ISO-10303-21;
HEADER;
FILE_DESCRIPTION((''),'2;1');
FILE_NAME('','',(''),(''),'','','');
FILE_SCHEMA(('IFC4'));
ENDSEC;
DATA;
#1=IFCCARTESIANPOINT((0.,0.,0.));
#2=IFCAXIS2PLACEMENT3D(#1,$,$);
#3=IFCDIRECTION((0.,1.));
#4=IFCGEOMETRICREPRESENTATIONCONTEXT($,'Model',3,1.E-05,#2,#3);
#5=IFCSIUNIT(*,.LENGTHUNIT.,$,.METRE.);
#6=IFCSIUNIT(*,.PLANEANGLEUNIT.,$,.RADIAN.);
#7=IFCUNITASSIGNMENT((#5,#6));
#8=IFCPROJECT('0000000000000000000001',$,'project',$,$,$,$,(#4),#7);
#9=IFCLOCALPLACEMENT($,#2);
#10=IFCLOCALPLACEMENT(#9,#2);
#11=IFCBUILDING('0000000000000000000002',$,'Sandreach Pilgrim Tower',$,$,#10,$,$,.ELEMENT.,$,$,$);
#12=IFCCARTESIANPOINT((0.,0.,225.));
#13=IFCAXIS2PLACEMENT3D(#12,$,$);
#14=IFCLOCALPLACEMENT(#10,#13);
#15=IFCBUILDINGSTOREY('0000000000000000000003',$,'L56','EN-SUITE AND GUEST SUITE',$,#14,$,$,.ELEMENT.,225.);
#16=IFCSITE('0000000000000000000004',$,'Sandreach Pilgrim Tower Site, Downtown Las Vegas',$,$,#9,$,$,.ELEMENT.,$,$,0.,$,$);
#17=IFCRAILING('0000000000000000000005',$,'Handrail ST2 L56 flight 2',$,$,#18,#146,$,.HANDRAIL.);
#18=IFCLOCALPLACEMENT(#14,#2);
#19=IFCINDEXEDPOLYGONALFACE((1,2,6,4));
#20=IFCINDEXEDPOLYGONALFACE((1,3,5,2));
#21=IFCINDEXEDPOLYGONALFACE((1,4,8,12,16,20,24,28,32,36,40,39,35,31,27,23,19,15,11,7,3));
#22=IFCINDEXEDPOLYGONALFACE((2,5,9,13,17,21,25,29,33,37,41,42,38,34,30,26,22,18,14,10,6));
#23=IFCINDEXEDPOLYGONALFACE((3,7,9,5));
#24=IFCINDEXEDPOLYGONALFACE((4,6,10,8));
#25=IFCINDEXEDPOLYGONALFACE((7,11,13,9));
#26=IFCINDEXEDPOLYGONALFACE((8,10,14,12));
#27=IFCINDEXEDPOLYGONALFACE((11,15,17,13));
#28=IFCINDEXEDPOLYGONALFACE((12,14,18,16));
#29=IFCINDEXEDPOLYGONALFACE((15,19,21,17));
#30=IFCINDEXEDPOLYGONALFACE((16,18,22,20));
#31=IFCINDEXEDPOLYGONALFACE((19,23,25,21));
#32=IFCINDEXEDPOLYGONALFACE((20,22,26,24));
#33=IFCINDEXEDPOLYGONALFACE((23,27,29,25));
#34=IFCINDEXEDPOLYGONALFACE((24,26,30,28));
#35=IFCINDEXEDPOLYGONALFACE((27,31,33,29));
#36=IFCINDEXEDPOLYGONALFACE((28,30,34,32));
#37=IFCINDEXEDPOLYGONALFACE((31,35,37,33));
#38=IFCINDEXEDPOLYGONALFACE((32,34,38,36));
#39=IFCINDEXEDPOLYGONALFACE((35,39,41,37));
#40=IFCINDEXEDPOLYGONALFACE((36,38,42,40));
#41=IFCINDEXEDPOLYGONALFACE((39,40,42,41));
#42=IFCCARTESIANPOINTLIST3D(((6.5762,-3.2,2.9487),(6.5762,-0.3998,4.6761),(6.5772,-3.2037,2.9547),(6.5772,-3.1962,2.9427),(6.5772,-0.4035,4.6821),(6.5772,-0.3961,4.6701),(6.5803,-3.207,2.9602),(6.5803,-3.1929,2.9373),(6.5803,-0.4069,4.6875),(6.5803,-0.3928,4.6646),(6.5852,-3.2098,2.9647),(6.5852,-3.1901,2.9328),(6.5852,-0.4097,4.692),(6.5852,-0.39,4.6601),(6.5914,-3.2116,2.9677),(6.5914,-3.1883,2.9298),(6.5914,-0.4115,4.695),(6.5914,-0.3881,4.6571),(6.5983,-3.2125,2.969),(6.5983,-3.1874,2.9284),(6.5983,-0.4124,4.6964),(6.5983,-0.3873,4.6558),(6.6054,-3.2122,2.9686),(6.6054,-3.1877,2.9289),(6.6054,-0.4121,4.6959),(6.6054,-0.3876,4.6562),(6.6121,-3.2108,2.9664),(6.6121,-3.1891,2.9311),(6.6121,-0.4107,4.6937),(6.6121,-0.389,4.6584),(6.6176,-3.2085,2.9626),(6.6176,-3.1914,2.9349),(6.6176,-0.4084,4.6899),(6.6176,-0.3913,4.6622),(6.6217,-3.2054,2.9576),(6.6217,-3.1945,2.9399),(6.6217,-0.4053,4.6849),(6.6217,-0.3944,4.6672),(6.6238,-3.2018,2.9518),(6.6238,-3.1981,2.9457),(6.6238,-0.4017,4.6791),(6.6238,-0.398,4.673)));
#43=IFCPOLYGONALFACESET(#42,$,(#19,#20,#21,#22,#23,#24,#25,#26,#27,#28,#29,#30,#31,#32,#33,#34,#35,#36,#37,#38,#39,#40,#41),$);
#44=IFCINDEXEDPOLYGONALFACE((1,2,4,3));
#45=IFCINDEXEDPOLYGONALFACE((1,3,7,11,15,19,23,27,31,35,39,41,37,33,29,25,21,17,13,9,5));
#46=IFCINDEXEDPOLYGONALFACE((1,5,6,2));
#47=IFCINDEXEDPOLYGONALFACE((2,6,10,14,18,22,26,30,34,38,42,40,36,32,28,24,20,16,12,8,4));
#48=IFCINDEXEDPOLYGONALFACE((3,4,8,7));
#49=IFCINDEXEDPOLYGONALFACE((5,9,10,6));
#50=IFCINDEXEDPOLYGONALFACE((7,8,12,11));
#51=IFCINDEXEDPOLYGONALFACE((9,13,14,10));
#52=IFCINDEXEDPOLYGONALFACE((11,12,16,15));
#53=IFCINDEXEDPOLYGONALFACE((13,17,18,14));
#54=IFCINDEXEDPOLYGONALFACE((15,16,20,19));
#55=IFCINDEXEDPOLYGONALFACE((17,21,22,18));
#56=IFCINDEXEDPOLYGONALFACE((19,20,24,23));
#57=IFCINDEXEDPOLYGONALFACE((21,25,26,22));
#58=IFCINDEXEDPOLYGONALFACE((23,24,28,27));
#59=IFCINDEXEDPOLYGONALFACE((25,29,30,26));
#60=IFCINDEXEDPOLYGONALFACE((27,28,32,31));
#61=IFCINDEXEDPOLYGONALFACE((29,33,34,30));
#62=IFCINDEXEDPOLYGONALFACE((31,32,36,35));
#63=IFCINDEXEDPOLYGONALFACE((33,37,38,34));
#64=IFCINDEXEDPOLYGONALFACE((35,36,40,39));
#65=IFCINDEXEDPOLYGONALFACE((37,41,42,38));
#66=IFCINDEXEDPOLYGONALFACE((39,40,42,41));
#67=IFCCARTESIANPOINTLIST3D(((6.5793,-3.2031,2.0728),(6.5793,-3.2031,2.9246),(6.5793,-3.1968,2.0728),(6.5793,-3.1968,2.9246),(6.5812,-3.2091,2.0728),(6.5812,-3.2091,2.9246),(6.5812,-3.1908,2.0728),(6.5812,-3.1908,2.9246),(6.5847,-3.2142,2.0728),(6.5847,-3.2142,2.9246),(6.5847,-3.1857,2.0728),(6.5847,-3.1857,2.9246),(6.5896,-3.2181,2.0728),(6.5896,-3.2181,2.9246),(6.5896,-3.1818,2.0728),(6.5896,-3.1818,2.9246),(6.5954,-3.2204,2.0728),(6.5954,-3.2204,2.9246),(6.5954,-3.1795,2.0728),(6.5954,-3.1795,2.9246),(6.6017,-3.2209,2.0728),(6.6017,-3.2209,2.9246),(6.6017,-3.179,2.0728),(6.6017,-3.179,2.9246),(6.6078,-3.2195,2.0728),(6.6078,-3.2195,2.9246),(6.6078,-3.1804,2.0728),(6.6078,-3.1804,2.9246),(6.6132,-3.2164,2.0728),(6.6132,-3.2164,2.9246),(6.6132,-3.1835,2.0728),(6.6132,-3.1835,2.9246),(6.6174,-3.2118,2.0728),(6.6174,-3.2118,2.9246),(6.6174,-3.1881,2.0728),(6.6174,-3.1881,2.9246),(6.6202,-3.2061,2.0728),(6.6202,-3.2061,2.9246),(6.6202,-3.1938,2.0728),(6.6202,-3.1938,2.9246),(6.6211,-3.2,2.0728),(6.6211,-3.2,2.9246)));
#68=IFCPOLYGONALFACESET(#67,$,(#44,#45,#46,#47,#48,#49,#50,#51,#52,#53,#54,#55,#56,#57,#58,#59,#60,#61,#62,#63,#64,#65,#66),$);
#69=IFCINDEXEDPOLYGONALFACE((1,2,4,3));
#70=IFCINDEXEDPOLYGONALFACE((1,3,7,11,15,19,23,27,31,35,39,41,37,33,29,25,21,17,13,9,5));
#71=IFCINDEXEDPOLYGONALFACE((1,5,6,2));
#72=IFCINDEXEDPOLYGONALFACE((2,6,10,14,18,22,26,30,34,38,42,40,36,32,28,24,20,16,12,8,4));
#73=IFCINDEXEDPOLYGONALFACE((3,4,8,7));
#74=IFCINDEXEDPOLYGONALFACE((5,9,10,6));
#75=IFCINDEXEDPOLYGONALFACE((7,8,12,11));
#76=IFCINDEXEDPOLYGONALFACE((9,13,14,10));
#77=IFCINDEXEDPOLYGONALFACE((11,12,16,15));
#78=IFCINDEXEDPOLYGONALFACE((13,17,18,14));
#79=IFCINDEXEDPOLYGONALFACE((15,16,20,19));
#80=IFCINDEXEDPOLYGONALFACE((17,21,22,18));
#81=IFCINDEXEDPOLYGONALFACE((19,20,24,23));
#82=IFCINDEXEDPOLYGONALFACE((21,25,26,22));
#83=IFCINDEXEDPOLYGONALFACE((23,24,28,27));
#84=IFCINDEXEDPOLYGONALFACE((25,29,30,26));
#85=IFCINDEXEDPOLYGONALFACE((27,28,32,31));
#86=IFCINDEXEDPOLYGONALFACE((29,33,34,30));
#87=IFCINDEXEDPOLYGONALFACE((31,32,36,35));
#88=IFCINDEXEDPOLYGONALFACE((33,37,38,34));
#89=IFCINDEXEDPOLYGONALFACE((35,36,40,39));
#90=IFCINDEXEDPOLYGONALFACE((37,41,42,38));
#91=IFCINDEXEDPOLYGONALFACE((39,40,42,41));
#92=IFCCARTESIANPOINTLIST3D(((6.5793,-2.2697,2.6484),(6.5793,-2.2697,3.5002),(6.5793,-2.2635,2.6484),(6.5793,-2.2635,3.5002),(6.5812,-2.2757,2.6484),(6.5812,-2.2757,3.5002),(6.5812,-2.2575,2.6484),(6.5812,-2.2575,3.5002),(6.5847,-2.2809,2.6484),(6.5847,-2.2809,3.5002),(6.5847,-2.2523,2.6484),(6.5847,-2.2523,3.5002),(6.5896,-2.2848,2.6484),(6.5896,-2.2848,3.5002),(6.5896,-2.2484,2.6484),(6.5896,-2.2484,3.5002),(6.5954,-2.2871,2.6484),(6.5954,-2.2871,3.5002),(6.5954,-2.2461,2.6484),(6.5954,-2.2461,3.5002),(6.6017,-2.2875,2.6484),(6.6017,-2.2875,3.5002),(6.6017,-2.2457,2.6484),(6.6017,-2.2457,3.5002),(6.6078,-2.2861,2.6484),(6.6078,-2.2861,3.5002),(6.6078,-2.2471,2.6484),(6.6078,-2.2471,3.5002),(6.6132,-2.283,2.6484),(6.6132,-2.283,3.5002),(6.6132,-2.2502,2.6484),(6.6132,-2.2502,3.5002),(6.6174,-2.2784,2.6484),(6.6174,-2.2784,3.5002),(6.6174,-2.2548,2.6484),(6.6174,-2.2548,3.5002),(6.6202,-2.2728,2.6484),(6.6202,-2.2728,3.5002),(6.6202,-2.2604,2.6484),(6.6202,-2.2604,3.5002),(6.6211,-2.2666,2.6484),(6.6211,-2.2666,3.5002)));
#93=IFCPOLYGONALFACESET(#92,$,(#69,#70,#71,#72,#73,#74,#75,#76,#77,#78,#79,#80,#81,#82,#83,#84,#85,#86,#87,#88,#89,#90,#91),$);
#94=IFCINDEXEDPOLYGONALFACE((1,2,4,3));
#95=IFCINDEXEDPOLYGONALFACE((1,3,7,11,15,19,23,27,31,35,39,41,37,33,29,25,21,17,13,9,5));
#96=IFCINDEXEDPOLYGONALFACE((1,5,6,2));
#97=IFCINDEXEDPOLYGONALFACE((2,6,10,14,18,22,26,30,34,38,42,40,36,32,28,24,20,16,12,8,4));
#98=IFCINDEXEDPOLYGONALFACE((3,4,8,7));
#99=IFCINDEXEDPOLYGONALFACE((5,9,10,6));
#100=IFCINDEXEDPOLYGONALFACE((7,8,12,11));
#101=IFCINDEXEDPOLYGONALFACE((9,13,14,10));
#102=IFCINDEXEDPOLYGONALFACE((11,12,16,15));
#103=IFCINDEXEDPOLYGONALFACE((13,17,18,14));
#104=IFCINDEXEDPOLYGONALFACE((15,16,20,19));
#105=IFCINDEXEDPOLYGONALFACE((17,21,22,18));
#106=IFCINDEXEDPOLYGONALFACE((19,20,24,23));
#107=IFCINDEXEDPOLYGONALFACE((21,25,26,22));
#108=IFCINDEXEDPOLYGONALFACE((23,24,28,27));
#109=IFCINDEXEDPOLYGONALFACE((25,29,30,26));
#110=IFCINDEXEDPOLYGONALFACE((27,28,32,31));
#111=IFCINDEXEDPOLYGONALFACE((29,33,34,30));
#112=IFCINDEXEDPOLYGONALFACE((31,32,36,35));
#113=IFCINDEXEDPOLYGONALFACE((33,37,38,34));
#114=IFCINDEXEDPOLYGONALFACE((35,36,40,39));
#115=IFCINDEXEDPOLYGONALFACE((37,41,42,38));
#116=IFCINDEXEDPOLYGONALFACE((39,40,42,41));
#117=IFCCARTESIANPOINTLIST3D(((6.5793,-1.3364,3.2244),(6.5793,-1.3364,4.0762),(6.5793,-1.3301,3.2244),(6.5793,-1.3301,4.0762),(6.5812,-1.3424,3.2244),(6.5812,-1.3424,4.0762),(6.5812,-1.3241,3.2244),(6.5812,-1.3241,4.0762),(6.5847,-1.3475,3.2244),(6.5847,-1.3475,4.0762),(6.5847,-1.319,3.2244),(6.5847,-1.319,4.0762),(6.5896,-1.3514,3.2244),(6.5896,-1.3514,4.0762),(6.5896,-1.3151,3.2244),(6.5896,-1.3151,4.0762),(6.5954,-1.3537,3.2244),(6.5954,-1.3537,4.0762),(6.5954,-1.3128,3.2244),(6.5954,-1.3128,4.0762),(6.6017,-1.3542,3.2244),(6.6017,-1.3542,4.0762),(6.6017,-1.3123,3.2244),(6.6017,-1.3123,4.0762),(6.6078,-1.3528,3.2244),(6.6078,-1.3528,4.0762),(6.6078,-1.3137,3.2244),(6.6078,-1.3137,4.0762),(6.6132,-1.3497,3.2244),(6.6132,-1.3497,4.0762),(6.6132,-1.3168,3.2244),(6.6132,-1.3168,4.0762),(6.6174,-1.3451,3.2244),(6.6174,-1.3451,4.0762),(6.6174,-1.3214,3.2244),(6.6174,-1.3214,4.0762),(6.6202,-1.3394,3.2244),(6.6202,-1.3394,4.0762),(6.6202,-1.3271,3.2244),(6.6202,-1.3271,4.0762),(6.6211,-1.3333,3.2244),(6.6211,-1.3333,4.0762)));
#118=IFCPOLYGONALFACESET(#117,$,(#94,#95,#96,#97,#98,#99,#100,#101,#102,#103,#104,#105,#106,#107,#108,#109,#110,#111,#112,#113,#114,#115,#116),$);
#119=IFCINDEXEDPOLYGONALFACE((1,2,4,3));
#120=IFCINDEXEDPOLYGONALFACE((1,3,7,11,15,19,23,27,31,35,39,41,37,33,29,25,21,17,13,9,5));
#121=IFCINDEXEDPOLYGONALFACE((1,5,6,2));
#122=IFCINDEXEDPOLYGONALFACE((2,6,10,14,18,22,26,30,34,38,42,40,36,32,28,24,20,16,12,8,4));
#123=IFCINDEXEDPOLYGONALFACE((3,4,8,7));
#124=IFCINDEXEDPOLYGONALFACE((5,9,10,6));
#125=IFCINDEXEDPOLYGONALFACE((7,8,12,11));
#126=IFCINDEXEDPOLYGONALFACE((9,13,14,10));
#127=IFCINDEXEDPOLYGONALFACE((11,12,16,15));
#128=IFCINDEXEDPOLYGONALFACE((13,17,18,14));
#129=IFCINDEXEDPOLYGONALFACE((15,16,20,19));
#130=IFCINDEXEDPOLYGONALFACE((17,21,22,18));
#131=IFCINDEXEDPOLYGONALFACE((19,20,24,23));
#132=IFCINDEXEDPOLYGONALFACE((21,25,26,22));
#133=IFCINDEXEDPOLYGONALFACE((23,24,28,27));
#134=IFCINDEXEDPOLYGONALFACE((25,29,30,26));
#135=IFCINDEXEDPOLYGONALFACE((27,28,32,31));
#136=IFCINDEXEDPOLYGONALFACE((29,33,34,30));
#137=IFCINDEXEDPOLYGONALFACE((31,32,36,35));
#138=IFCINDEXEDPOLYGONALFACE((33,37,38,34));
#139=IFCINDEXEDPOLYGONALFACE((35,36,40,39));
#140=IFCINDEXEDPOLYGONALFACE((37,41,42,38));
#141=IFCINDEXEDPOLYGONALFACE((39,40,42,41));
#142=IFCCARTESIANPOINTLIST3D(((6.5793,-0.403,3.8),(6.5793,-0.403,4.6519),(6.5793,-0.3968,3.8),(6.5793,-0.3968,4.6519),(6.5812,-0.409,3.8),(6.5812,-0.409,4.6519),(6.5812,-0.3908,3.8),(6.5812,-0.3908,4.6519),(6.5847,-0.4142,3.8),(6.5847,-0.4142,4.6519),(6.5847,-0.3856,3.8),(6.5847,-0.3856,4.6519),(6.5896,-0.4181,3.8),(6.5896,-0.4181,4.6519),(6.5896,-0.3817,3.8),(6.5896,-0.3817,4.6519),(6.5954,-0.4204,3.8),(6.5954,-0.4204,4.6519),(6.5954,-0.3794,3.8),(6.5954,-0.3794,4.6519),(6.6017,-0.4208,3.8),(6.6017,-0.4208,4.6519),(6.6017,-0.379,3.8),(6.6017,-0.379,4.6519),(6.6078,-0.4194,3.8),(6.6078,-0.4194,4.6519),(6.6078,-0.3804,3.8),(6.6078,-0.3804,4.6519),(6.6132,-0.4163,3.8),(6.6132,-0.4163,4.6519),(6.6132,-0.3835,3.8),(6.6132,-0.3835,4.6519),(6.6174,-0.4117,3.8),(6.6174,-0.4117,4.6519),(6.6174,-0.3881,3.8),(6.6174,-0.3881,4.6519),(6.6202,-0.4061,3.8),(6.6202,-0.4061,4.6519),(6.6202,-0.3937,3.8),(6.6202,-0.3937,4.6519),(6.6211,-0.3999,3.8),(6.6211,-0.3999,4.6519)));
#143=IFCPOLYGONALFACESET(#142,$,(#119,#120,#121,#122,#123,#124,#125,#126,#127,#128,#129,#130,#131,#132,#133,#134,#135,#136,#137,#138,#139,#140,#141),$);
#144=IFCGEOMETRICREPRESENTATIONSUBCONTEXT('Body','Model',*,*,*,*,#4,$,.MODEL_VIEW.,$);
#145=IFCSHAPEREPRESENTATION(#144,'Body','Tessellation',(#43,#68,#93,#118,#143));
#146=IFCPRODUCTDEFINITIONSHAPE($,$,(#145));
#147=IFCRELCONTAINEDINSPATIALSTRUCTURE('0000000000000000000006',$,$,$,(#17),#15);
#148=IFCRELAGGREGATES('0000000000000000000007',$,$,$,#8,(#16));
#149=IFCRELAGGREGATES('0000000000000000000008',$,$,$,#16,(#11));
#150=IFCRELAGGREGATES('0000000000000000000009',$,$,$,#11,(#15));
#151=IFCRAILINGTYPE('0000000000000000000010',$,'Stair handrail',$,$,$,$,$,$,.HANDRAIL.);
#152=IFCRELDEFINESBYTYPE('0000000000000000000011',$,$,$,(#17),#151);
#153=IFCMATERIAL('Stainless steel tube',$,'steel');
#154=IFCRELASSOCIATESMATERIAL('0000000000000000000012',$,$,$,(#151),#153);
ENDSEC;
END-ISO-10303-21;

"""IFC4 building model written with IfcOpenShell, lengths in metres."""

from ifc_helpers import new_model, si_unit, direction, frame, origin, origin_2d, place, context, subcontext, project, spatial, circle, extrude, material, type_object, element, save


model = new_model("IFC4")

# Units and contexts
model_context = context("Model", 3, precision=1e-05, world=origin(), true_north=direction((0.0, 1.0)))
body_context = subcontext(model_context, "Body", "Model", "MODEL_VIEW")
ifc_project = project(units=[si_unit("LENGTHUNIT", "METRE"), si_unit("PLANEANGLEUNIT", "RADIAN")], contexts=[model_context])

# Site, building, storey
site_placement = place(None, origin())
site = spatial("IfcSite", under=ifc_project, at=site_placement, Name="Sandreach Pilgrim Tower Site, Downtown Las Vegas", CompositionType="ELEMENT", RefElevation=0.0)
building_placement = place(site_placement, origin())
building = spatial("IfcBuilding", under=site, at=building_placement, Name="Sandreach Pilgrim Tower", CompositionType="ELEMENT")
storey_placement = place(building_placement, frame((0.0, 0.0, 225.0)))
storey = spatial("IfcBuildingStorey", under=building, at=storey_placement, Name="L56", Description="EN-SUITE AND GUEST SUITE", CompositionType="ELEMENT", Elevation=225.0)

# Railing
ifc_material_1 = material(Name="Stainless steel tube", Category="steel")
railing_type = type_object("IfcRailingType", Name="Stair handrail", PredefinedType="HANDRAIL", material=ifc_material_1)
railing_placement = place(storey_placement, frame((6.6001, -3.2, 2.0728)))
element("IfcRailing", 1, at=railing_placement, inside=storey, type_object=railing_type, Name="Handrail ST2 L56 flight 2", PredefinedType="HANDRAIL", context=body_context, shape_type="SweptSolid", body=[
    extrude(circle(Radius=0.0239, at=origin_2d()), frame((0.0, 0.0, 0.876), z_axis=(0.0, 0.85109, 0.52502), x_axis=(-1.0, 0.0, 0.0)), (0.0, 0.0, 1.0), 3.29),
    extrude(circle(Radius=0.021, at=origin_2d()), origin(), (0.0, 0.0, 1.0), 0.8518),
    extrude(circle(Radius=0.021, at=origin_2d()), frame((0.0, 0.9333, 0.5757)), (0.0, 0.0, 1.0), 0.8518),
    extrude(circle(Radius=0.021, at=origin_2d()), frame((0.0, 1.8667, 1.1516)), (0.0, 0.0, 1.0), 0.8518),
    extrude(circle(Radius=0.021, at=origin_2d()), frame((0.0, 2.8, 1.7273)), (0.0, 0.0, 1.0), 0.8518),
])

save(model, "model.ifc")
